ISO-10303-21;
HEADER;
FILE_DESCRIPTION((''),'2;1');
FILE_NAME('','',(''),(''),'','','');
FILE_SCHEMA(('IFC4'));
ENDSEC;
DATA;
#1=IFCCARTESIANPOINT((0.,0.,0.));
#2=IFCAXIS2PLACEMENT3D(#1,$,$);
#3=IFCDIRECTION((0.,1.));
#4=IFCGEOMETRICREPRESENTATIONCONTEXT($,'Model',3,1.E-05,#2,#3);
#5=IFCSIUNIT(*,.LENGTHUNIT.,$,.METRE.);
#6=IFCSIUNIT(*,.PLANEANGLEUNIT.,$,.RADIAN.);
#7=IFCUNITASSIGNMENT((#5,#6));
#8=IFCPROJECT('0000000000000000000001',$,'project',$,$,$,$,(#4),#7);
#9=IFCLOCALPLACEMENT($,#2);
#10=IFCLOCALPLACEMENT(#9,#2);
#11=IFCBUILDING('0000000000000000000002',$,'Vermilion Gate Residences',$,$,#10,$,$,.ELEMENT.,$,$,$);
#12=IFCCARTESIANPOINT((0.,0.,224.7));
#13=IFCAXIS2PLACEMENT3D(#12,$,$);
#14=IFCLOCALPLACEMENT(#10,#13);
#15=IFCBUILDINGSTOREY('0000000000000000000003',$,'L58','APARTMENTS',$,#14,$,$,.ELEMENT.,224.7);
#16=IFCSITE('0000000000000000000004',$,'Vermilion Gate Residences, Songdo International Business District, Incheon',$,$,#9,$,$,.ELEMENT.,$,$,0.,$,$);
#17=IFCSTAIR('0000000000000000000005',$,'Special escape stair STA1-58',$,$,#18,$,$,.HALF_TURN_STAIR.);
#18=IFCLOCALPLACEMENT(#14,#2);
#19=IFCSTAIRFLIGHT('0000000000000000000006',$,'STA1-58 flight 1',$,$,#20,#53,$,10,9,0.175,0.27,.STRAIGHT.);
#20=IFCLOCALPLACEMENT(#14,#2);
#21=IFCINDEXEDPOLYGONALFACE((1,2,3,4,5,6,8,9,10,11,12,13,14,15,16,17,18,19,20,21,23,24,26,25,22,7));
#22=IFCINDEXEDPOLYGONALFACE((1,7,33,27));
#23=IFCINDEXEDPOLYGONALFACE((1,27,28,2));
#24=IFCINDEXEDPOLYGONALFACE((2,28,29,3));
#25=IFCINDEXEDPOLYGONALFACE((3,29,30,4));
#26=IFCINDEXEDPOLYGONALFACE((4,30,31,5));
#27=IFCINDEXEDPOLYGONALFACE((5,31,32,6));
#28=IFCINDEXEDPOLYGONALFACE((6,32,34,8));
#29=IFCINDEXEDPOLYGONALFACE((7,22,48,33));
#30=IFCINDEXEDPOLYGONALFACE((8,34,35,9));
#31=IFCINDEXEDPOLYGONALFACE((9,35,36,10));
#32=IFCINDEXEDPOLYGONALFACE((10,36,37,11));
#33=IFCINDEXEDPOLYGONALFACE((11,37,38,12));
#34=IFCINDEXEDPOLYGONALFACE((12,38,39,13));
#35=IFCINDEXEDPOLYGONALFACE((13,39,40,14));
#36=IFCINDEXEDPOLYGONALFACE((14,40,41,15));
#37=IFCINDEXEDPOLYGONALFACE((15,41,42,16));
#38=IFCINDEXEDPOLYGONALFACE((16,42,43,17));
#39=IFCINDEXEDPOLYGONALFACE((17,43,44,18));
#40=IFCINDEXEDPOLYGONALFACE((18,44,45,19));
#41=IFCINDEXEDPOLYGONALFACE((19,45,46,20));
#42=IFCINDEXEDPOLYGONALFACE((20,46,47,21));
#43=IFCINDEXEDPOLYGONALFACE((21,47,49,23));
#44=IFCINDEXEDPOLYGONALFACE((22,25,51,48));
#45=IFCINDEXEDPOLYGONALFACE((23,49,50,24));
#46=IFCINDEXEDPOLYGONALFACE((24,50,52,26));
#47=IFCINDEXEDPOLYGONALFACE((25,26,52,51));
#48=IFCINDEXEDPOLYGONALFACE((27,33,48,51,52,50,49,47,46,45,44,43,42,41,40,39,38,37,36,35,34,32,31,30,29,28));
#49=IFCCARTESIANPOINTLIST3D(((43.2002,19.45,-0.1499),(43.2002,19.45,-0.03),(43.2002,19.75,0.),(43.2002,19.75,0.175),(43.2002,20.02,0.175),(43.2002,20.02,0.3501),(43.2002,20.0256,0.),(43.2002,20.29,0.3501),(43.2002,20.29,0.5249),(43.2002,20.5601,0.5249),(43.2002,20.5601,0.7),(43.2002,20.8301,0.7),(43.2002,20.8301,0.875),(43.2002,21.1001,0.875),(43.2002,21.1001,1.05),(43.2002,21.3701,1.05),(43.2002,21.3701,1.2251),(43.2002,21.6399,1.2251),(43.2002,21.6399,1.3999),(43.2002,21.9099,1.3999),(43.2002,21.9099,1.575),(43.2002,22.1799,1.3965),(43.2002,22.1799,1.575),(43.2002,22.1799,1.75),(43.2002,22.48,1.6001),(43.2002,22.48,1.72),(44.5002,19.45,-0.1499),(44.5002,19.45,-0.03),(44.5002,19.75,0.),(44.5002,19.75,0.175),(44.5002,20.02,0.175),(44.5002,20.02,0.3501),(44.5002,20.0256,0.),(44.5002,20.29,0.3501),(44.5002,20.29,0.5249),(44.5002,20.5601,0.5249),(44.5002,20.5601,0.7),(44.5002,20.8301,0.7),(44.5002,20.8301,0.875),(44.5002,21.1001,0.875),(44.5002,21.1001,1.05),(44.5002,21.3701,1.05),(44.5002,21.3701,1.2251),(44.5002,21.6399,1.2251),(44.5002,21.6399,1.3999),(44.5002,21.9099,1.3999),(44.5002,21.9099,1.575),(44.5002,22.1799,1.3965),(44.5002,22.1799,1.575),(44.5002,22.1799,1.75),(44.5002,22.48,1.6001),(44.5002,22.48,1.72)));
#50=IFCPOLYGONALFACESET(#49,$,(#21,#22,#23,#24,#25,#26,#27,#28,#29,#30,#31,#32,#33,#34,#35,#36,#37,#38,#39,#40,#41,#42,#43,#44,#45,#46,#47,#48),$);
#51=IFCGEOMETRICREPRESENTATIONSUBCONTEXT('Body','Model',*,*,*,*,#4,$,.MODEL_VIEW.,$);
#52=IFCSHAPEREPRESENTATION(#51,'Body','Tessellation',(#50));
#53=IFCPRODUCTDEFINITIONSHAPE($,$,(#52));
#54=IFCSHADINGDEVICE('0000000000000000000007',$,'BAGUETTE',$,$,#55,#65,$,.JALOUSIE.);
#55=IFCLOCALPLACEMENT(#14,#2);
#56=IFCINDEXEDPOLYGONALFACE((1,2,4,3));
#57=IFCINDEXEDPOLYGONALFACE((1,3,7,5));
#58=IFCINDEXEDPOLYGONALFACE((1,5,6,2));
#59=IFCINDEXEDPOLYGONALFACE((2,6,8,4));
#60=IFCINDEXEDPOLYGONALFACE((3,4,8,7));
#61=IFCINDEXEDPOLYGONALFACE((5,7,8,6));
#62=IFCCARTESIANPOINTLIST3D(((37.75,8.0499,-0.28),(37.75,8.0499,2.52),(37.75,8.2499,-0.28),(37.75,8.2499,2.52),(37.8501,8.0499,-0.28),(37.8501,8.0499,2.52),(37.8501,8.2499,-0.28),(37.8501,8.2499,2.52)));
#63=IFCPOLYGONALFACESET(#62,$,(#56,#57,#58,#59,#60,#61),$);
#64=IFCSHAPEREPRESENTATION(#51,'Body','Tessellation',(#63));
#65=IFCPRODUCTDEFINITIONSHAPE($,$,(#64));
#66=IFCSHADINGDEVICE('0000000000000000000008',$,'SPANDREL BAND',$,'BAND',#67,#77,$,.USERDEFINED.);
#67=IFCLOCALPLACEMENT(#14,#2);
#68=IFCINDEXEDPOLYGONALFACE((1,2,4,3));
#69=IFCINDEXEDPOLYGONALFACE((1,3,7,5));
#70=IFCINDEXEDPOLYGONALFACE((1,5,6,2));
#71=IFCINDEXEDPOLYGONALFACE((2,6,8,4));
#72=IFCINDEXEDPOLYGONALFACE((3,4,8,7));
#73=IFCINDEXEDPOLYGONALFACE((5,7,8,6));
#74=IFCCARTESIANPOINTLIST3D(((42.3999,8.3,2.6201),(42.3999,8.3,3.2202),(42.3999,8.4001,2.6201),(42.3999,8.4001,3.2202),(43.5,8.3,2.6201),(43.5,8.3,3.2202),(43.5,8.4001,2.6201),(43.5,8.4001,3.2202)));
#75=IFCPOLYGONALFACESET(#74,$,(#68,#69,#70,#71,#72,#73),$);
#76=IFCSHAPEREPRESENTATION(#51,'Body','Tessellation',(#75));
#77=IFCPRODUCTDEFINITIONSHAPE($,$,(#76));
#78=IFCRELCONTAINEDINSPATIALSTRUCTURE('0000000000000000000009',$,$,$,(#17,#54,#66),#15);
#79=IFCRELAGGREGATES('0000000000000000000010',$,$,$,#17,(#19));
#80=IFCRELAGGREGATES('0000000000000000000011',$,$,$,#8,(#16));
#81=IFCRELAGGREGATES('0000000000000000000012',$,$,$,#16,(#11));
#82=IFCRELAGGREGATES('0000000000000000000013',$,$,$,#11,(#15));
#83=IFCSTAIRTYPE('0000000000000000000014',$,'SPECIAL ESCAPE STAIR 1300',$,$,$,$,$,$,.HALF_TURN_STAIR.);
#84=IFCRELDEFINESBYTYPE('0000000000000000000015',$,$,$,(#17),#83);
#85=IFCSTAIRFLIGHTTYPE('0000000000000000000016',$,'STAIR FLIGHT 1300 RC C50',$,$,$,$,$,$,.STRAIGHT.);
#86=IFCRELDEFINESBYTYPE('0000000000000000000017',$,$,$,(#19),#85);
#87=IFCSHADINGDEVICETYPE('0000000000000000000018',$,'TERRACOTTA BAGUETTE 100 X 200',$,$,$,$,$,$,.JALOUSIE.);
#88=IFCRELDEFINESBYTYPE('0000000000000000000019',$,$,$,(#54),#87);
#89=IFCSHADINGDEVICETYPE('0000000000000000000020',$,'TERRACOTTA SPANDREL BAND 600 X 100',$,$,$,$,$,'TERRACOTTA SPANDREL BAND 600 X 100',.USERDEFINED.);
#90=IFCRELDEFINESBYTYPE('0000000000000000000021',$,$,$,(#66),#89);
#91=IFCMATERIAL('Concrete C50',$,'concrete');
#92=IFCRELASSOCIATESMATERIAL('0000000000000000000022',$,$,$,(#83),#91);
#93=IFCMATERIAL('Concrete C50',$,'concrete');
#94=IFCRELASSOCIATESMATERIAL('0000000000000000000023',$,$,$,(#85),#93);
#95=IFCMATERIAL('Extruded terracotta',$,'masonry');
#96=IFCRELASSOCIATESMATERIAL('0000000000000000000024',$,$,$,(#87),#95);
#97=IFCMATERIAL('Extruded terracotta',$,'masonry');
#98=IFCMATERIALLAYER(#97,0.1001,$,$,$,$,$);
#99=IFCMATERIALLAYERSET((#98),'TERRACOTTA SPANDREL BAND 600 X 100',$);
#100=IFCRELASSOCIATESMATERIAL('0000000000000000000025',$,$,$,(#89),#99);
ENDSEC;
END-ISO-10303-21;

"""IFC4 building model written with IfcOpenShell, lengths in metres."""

from ifc_helpers import new_model, si_unit, direction, frame, origin, origin_2d, place, context, subcontext, project, spatial, polyline, rectangle, outline, extrude, material, layer, layer_set, material_profile, profile_set, type_object, element, aggregate, save


model = new_model("IFC4")

# Units and contexts
model_context = context("Model", 3, precision=1e-05, world=origin(), true_north=direction((0.0, 1.0)))
body_context = subcontext(model_context, "Body", "Model", "MODEL_VIEW")
ifc_project = project(units=[si_unit("LENGTHUNIT", "METRE"), si_unit("PLANEANGLEUNIT", "RADIAN")], contexts=[model_context])

# Site, building, storey
site_placement = place(None, origin())
site = spatial("IfcSite", under=ifc_project, at=site_placement, Name="Vermilion Gate Residences, Songdo International Business District, Incheon", CompositionType="ELEMENT", RefElevation=0.0)
building_placement = place(site_placement, origin())
building = spatial("IfcBuilding", under=site, at=building_placement, Name="Vermilion Gate Residences", CompositionType="ELEMENT")
storey_placement = place(building_placement, frame((0.0, 0.0, 224.7)))
storey = spatial("IfcBuildingStorey", under=building, at=storey_placement, Name="L58", Description="APARTMENTS", CompositionType="ELEMENT", Elevation=224.7)

# Stair, stair flight
ifc_material_1 = material(Name="Concrete C50", Category="concrete")
stair_type = type_object("IfcStairType", Name="SPECIAL ESCAPE STAIR 1300", PredefinedType="HALF_TURN_STAIR", material=ifc_material_1)
stair_placement = place(storey_placement, origin())
stair = element("IfcStair", 1, at=stair_placement, inside=storey, type_object=stair_type, Name="Special escape stair STA1-58", PredefinedType="HALF_TURN_STAIR")
ifc_material_2 = material(Name="Concrete C50", Category="concrete")
stair_flight_type = type_object("IfcStairFlightType", Name="STAIR FLIGHT 1300 RC C50", PredefinedType="STRAIGHT", material=ifc_material_2)
stair_flight_placement = place(storey_placement, frame((43.8501, 19.75, 0.0), z_axis=(0.0, 0.0, 1.0), x_axis=(0.0, 1.0, 0.0)))
stair_flight = element("IfcStairFlight", 2, at=stair_flight_placement, type_object=stair_flight_type, Name="STA1-58 flight 1", NumberOfRisers=10, NumberOfTreads=9, PredefinedType="STRAIGHT", RiserHeight=0.175, TreadLength=0.27, context=body_context, shape_type="SweptSolid", body=[
    extrude(outline(polyline([(-0.3, -0.1499), (-0.3, -0.03), (0.0, 0.0), (0.0, 0.175), (0.27, 0.175), (0.27, 0.3501), (0.54, 0.3501), (0.54, 0.5249), (0.8101, 0.5249), (0.8101, 0.7), (1.0801, 0.7), (1.0801, 0.875), (1.3501, 0.875), (1.3501, 1.05), (1.6201, 1.05), (1.6201, 1.2251), (1.8899, 1.2251), (1.8899, 1.3999), (2.1599, 1.3999), (2.1599, 1.575), (2.4299, 1.575), (2.4299, 1.75), (2.73, 1.72), (2.73, 1.6001), (2.4299, 1.3965), (0.2756, 0.0), (-0.3, -0.1499)])), frame((0.0, 0.6499, 0.0), z_axis=(0.0, -1.0, 0.0), x_axis=(1.0, 0.0, 0.0)), (0.0, 0.0, 1.0), 1.3),
])
aggregate(stair, [stair_flight])

# Shading devices
ifc_material_3 = material(Name="Extruded terracotta", Category="masonry")
ifc_material_profile_1 = material_profile(ifc_material_3, rectangle(XDim=0.2, YDim=0.1001, at=origin_2d()), Name="BAGUETTE 100 X 200")
ifc_profile_set_1 = profile_set([ifc_material_profile_1], Name="Extruded terracotta")
shading_device_type_1 = type_object("IfcShadingDeviceType", Name="TERRACOTTA BAGUETTE 100 X 200", PredefinedType="JALOUSIE", material=ifc_profile_set_1)
shading_device_1_placement = place(storey_placement, frame((37.8, 8.1499, -0.28), z_axis=(0.0, 0.0, 1.0), x_axis=(0.0, 1.0, 0.0)))
element("IfcShadingDevice", 3, at=shading_device_1_placement, inside=storey, type_object=shading_device_type_1, Name="BAGUETTE", PredefinedType="JALOUSIE", context=body_context, shape_type="SweptSolid", body=[
    extrude(rectangle(XDim=0.2, YDim=0.1001, at=origin_2d()), origin(), (0.0, 0.0, 1.0), 2.8),
])
ifc_material_4 = material(Name="Extruded terracotta", Category="masonry")
ifc_layer_1 = layer(ifc_material_4, 0.1001)
ifc_layer_set_1 = layer_set([ifc_layer_1], Name="TERRACOTTA SPANDREL BAND 600 X 100")
shading_device_type_2 = type_object("IfcShadingDeviceType", Name="TERRACOTTA SPANDREL BAND 600 X 100", ElementType="TERRACOTTA SPANDREL BAND 600 X 100", PredefinedType="USERDEFINED", material=ifc_layer_set_1)
shading_device_2_placement = place(storey_placement, frame((42.95, 8.3501, 2.6201), z_axis=(0.0, 0.0, 1.0), x_axis=(1.0, 0.0, 0.0)))
element("IfcShadingDevice", 4, at=shading_device_2_placement, inside=storey, type_object=shading_device_type_2, Name="SPANDREL BAND", ObjectType="BAND", PredefinedType="USERDEFINED", context=body_context, shape_type="SweptSolid", body=[
    extrude(rectangle(XDim=1.1001, YDim=0.1001, at=origin_2d()), origin(), (0.0, 0.0, 1.0), 0.6001),
])

save(model, "model.ifc")
